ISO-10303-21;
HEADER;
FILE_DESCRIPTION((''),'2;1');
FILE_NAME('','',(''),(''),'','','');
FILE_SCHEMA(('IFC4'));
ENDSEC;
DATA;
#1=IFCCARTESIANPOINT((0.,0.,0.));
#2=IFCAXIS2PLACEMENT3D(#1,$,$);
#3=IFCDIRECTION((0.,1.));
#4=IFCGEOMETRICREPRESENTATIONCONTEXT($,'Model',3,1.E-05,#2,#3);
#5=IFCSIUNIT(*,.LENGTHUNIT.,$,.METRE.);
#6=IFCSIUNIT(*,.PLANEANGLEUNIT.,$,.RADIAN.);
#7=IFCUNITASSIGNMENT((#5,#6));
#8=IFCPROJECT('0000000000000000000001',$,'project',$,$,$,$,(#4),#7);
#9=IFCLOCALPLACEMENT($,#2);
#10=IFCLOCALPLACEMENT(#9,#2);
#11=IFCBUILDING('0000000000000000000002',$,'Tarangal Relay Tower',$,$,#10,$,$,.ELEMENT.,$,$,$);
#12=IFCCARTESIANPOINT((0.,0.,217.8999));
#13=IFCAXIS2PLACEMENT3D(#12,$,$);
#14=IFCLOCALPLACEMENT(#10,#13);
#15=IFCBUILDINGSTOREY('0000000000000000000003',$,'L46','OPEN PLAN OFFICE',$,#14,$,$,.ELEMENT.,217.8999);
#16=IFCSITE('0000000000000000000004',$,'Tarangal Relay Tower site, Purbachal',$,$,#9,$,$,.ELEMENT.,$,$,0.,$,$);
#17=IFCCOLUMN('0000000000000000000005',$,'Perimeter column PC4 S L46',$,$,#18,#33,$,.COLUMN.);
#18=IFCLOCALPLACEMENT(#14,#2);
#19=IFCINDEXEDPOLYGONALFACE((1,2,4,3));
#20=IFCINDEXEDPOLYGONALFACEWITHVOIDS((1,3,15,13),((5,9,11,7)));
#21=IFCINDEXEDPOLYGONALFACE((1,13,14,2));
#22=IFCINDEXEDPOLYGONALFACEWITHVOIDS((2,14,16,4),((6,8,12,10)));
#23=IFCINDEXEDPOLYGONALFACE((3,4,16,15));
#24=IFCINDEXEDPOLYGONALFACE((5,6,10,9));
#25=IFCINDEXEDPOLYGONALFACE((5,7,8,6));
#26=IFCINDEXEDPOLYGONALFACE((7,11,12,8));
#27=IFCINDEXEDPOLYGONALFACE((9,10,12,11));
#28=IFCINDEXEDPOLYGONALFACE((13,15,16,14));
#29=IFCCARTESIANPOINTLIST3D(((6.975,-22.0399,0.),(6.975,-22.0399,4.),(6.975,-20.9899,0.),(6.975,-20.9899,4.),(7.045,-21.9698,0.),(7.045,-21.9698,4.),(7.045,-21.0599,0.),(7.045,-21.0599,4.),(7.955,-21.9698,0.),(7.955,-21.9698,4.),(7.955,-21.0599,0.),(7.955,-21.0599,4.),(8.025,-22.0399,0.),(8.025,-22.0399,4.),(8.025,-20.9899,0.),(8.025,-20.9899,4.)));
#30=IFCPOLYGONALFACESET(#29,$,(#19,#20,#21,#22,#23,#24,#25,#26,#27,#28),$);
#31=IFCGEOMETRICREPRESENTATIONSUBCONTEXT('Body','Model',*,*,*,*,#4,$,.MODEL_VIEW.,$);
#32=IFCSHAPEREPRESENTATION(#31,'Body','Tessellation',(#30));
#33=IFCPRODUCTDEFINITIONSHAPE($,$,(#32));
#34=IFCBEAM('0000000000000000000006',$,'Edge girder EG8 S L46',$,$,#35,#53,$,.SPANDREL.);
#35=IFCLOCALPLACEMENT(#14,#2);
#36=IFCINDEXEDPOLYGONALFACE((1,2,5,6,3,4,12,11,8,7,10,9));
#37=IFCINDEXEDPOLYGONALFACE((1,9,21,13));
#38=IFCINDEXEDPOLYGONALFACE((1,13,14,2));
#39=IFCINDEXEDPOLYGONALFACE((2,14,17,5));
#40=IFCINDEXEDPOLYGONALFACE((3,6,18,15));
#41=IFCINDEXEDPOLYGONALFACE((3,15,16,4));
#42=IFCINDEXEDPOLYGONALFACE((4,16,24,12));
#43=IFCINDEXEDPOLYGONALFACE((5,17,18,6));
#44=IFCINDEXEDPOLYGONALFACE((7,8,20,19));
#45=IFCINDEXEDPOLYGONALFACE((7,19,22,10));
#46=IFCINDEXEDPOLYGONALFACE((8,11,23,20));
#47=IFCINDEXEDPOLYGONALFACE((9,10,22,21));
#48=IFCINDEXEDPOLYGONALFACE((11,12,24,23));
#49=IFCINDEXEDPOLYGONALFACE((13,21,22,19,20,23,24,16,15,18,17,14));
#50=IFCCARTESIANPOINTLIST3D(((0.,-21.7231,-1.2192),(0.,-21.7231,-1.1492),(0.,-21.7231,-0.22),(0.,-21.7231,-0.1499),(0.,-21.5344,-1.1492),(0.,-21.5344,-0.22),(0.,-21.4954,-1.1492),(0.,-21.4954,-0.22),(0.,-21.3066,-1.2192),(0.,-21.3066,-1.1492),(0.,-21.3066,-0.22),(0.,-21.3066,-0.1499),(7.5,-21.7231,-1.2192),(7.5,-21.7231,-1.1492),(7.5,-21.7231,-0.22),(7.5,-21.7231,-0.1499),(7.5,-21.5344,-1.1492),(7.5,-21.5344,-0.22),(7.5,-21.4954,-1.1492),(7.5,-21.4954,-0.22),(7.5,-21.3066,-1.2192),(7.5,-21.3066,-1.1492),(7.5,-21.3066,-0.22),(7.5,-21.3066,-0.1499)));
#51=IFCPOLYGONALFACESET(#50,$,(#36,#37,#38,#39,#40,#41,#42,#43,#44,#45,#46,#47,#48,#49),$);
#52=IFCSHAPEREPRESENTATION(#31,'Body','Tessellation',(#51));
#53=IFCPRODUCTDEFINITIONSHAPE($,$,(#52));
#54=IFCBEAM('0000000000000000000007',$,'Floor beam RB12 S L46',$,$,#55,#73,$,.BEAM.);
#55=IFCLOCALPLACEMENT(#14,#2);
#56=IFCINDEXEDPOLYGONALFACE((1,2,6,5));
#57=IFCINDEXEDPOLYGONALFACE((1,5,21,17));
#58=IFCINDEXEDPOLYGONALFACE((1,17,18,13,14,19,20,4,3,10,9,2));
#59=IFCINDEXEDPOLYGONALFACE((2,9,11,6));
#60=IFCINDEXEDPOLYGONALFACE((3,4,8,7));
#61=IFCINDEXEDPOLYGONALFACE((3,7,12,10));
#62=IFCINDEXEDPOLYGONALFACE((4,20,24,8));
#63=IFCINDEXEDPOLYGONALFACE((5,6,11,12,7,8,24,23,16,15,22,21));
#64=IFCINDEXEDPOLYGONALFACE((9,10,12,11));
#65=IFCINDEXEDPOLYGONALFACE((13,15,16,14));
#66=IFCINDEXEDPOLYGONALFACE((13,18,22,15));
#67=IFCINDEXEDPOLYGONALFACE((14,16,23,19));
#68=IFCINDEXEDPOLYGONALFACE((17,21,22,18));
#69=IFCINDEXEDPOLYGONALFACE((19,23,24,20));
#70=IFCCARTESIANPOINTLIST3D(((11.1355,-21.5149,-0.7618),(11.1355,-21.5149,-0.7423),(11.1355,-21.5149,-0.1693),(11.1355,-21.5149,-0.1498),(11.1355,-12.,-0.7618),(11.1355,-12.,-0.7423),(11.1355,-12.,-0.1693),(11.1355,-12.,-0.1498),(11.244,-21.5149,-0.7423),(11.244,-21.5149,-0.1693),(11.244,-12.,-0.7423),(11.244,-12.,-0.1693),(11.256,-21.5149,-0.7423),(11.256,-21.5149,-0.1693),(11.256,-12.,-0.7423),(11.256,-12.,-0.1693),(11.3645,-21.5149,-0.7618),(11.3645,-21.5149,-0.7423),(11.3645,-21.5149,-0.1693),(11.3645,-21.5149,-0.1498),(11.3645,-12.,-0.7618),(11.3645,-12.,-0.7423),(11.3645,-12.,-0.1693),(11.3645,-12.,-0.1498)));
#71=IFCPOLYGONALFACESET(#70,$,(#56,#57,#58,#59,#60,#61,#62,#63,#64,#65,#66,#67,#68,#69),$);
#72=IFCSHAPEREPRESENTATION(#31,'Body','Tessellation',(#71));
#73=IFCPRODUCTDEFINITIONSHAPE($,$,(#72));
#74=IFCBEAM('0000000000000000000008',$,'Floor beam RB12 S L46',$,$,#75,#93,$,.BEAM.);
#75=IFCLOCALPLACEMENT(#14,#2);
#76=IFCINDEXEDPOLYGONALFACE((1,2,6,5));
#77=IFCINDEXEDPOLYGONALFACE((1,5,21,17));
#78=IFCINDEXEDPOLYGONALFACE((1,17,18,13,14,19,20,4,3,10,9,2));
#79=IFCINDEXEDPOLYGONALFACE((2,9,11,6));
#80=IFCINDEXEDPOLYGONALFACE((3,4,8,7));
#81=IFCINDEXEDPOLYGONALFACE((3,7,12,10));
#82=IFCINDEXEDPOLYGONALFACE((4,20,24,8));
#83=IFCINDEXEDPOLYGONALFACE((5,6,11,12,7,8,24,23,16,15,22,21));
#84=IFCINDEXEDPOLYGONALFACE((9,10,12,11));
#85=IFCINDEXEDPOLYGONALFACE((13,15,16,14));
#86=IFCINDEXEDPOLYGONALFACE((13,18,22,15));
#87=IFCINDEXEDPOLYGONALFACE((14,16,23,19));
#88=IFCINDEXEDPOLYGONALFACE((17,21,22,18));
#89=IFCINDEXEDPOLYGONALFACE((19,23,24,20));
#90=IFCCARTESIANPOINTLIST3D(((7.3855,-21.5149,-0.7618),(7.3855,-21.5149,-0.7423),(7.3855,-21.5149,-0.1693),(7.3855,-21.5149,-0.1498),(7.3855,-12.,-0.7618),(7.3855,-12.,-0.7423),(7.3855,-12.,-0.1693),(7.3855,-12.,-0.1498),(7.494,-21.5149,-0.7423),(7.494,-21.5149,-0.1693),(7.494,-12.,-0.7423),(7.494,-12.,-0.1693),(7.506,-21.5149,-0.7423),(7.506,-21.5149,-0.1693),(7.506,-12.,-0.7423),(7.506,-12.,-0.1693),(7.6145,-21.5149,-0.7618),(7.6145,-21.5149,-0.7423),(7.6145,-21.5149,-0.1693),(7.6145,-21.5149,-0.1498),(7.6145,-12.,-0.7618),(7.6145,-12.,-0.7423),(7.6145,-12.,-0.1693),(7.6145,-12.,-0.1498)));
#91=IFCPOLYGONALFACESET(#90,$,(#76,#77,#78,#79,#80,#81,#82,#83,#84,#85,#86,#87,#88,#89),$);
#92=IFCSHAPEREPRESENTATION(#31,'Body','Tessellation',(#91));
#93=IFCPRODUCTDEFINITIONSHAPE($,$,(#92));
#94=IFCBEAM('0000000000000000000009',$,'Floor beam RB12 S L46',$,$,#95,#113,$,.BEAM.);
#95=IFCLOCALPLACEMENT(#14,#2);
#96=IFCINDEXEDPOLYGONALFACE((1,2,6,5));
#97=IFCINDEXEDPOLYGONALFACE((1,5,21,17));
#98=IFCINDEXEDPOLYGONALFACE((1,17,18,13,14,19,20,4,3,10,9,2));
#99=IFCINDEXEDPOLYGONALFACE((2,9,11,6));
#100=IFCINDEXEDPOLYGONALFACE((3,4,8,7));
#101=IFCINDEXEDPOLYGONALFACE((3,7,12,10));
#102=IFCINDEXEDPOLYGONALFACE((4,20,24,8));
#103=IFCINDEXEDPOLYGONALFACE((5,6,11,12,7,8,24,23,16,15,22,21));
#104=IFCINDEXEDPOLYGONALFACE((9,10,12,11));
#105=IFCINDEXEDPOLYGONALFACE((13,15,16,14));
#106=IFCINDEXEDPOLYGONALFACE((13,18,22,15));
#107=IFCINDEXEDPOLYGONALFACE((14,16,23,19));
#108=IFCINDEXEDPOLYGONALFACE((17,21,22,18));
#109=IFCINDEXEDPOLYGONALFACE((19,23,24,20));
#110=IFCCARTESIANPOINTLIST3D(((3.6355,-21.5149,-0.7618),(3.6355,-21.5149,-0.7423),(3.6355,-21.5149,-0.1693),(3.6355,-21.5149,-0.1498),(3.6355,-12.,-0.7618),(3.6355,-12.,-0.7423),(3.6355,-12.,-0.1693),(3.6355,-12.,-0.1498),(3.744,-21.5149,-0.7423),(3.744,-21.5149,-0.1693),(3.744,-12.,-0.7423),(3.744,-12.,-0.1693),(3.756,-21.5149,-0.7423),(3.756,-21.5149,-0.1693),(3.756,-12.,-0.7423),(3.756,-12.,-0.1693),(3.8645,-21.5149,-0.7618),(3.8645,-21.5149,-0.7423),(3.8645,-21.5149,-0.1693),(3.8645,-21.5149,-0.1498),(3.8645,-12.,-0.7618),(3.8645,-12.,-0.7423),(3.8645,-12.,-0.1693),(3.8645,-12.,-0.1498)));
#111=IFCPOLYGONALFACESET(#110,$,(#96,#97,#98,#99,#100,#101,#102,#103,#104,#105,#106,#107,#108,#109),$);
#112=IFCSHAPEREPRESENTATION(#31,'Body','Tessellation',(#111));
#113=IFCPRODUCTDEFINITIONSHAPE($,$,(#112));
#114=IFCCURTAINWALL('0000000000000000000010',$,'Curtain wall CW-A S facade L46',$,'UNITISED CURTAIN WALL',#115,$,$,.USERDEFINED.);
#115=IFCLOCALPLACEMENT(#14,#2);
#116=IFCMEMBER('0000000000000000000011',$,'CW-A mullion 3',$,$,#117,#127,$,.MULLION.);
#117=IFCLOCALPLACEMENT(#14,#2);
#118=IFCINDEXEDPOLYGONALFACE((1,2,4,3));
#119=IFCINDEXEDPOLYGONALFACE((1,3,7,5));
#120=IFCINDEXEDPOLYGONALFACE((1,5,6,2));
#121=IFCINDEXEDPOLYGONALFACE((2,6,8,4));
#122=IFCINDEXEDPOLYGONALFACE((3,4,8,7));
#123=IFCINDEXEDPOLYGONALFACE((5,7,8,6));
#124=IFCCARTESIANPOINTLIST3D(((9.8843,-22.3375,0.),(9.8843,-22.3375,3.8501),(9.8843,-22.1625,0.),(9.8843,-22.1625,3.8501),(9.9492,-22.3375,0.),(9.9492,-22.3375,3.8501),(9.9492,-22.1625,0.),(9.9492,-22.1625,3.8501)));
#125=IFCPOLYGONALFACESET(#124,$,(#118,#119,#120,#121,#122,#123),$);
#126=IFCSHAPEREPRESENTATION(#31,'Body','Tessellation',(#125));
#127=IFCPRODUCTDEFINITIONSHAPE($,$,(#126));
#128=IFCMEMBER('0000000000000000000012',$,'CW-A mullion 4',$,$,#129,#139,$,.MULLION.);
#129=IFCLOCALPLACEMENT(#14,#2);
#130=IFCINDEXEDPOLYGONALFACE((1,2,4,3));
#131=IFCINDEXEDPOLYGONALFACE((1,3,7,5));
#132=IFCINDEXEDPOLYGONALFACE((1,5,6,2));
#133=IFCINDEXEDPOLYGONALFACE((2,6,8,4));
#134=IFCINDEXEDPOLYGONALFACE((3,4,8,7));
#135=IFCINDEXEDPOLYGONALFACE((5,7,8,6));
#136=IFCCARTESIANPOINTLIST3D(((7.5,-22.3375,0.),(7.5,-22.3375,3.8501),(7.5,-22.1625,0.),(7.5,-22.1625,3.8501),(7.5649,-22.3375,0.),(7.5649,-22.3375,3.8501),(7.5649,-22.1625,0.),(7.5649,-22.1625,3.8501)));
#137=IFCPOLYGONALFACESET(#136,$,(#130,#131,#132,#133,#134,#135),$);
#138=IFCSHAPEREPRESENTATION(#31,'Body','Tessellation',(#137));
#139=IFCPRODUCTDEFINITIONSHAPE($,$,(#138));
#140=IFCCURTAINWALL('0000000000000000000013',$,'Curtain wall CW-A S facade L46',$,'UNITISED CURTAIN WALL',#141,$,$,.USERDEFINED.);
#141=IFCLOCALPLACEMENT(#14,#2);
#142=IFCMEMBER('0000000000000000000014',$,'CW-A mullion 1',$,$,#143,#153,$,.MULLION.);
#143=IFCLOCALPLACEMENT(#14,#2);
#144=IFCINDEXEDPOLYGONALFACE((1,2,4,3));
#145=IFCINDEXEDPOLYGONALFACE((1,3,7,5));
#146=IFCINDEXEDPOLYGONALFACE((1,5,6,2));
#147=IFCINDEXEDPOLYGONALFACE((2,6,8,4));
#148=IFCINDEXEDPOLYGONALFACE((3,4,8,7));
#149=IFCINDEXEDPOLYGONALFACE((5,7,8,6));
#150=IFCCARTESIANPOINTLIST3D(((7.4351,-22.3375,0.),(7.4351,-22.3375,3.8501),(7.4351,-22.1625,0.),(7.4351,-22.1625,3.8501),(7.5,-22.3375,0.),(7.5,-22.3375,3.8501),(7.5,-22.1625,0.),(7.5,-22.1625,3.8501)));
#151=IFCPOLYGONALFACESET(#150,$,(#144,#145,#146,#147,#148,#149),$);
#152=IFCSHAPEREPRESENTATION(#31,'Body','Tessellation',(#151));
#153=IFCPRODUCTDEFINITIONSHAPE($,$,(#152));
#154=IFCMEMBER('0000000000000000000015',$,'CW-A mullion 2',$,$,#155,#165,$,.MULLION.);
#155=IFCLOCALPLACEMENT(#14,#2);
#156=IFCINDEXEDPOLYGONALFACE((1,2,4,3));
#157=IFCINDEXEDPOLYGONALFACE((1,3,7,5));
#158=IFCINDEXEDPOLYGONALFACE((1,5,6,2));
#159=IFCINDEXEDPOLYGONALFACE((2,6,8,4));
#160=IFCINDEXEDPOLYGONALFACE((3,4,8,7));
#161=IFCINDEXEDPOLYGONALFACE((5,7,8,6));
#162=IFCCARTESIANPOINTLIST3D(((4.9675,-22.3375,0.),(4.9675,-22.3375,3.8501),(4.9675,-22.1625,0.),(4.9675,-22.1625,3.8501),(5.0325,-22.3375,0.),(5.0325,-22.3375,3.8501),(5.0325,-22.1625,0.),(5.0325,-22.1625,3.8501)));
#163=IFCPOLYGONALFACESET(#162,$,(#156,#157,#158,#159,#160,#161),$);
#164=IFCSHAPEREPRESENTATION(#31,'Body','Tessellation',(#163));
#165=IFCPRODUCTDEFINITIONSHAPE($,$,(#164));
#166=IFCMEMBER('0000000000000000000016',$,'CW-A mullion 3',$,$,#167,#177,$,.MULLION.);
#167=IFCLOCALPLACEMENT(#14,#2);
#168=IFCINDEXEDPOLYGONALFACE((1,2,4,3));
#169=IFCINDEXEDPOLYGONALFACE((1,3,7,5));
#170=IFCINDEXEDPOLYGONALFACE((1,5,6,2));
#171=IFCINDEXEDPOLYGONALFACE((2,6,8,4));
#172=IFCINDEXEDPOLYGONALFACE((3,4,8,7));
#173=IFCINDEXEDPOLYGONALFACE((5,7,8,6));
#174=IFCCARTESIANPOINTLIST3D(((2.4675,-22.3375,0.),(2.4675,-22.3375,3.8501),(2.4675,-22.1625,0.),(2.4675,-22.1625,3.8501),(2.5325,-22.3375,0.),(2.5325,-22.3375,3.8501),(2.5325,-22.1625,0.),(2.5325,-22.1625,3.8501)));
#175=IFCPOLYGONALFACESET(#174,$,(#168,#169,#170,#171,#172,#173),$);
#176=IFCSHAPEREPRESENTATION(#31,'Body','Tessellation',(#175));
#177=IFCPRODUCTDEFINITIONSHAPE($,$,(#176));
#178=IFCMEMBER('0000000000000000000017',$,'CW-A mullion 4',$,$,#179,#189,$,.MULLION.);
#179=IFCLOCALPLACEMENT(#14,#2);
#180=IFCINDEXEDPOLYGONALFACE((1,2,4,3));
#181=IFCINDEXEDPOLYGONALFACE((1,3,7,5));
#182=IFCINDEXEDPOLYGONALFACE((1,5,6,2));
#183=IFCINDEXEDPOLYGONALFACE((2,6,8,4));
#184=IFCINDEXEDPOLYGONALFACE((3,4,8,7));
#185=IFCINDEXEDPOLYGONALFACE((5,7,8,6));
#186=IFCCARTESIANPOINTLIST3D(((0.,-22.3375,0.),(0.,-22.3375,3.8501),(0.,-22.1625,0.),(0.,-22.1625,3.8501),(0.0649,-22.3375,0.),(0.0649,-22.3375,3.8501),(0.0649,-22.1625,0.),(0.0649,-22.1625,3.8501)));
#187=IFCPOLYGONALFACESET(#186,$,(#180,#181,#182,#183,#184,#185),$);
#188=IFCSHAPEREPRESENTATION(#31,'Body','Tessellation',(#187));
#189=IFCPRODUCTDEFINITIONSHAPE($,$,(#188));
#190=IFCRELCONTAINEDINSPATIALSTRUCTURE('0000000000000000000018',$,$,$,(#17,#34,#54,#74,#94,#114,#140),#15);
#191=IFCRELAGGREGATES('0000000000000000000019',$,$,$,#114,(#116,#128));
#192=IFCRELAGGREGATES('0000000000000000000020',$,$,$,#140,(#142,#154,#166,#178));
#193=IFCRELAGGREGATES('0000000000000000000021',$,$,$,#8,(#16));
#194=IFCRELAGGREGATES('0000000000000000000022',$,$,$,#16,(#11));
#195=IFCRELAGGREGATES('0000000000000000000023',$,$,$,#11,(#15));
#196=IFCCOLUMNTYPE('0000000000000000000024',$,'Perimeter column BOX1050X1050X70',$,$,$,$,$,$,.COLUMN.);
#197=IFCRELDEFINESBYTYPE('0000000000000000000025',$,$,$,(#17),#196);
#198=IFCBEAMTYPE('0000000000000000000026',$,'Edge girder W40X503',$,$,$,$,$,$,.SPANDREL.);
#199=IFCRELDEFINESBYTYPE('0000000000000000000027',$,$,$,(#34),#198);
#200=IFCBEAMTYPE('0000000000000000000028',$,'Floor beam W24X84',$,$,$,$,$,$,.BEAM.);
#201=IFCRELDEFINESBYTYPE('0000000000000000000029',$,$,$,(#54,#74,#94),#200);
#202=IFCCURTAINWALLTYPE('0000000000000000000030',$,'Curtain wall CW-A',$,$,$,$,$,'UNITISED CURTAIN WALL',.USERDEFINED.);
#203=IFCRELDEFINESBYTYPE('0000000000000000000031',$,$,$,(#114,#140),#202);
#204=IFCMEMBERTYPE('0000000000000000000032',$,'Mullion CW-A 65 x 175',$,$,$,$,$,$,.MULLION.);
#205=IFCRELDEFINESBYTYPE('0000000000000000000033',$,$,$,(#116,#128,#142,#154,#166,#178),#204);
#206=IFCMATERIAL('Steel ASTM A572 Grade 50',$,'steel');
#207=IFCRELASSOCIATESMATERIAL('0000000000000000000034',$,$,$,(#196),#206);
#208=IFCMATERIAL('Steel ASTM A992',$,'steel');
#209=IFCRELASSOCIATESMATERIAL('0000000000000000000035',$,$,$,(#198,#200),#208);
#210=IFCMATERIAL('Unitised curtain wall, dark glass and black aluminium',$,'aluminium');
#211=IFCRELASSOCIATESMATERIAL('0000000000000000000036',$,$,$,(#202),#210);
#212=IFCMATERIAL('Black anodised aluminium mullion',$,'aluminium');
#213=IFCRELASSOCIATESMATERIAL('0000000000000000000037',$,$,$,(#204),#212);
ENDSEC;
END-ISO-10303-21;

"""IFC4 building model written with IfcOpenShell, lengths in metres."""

from ifc_helpers import new_model, si_unit, direction, frame, origin, origin_2d, place, context, subcontext, project, spatial, rectangle, hollow_rectangle, i_section, extrude, material, material_profile, profile_set, type_object, element, aggregate, save


model = new_model("IFC4")

# Units and contexts
model_context = context("Model", 3, precision=1e-05, world=origin(), true_north=direction((0.0, 1.0)))
body_context = subcontext(model_context, "Body", "Model", "MODEL_VIEW")
ifc_project = project(units=[si_unit("LENGTHUNIT", "METRE"), si_unit("PLANEANGLEUNIT", "RADIAN")], contexts=[model_context])

# Site, building, storey
site_placement = place(None, origin())
site = spatial("IfcSite", under=ifc_project, at=site_placement, Name="Tarangal Relay Tower site, Purbachal", CompositionType="ELEMENT", RefElevation=0.0)
building_placement = place(site_placement, origin())
building = spatial("IfcBuilding", under=site, at=building_placement, Name="Tarangal Relay Tower", CompositionType="ELEMENT")
storey_placement = place(building_placement, frame((0.0, 0.0, 217.8999)))
storey = spatial("IfcBuildingStorey", under=building, at=storey_placement, Name="L46", Description="OPEN PLAN OFFICE", CompositionType="ELEMENT", Elevation=217.8999)

# Column
ifc_material_1 = material(Name="Steel ASTM A572 Grade 50", Category="steel")
ifc_material_profile_1 = material_profile(ifc_material_1, hollow_rectangle(XDim=1.05, YDim=1.05, WallThickness=0.0701, at=origin_2d()), Name="BOX1050X1050X70")
ifc_profile_set_1 = profile_set([ifc_material_profile_1], Name="Steel ASTM A572 Grade 50")
column_type = type_object("IfcColumnType", Name="Perimeter column BOX1050X1050X70", PredefinedType="COLUMN", material=ifc_profile_set_1)
column_placement = place(storey_placement, frame((7.5, -21.5149, 0.0), z_axis=(0.0, 0.0, 1.0), x_axis=(1.0, 0.0, 0.0)))
element("IfcColumn", 1, at=column_placement, inside=storey, type_object=column_type, Name="Perimeter column PC4 S L46", PredefinedType="COLUMN", context=body_context, shape_type="SweptSolid", body=[
    extrude(hollow_rectangle(XDim=1.05, YDim=1.05, WallThickness=0.0701, at=origin_2d()), origin(), (0.0, 0.0, 1.0), 4.0),
])

# Beams
ifc_material_2 = material(Name="Steel ASTM A992", Category="steel")
ifc_material_profile_2 = material_profile(ifc_material_2, i_section(OverallWidth=0.4165, OverallDepth=1.0693, WebThickness=0.0391, FlangeThickness=0.0701, at=origin_2d()), Name="W40X503")
ifc_profile_set_2 = profile_set([ifc_material_profile_2], Name="Steel ASTM A992")
beam_type_1 = type_object("IfcBeamType", Name="Edge girder W40X503", PredefinedType="SPANDREL", material=ifc_profile_set_2)
beam_placement = place(storey_placement, frame((7.5, -21.5149, -0.6846), z_axis=(-1.0, 0.0, 0.0), x_axis=(0.0, -1.0, 0.0)))
element("IfcBeam", 2, at=beam_placement, inside=storey, type_object=beam_type_1, Name="Edge girder EG8 S L46", PredefinedType="SPANDREL", context=body_context, shape_type="SweptSolid", body=[
    extrude(i_section(OverallWidth=0.4165, OverallDepth=1.0693, WebThickness=0.0391, FlangeThickness=0.0701, at=origin_2d()), origin(), (0.0, 0.0, 1.0), 7.5),
])
ifc_material_profile_3 = material_profile(ifc_material_2, i_section(OverallWidth=0.229, OverallDepth=0.6121, WebThickness=0.012, FlangeThickness=0.0195, at=origin_2d()), Name="W24X84")
ifc_profile_set_3 = profile_set([ifc_material_profile_3], Name="Steel ASTM A992")
beam_type_2 = type_object("IfcBeamType", Name="Floor beam W24X84", PredefinedType="BEAM", material=ifc_profile_set_3)
for number, where, z_axis, x_axis, name in (
    (3, (11.25, -12.0, -0.4558), (0.0, -1.0, 0.0), (1.0, 0.0, 0.0), "Floor beam RB12 S L46"),
    (4, (7.5, -12.0, -0.4558), (0.0, -1.0, 0.0), (1.0, 0.0, 0.0), "Floor beam RB12 S L46"),
    (5, (3.75, -12.0, -0.4558), (0.0, -1.0, 0.0), (1.0, 0.0, 0.0), "Floor beam RB12 S L46"),
):
    element("IfcBeam", number, at=place(storey_placement, frame(where, z_axis=z_axis, x_axis=x_axis)), inside=storey, type_object=beam_type_2, Name=name, PredefinedType="BEAM", context=body_context, shape_type="SweptSolid", body=[
        extrude(i_section(OverallWidth=0.229, OverallDepth=0.6121, WebThickness=0.012, FlangeThickness=0.0195, at=origin_2d()), origin(), (0.0, 0.0, 1.0), 9.5149),
    ])

# Curtain walls, members
ifc_material_3 = material(Name="Unitised curtain wall, dark glass and black aluminium", Category="aluminium")
curtain_wall_type = type_object("IfcCurtainWallType", Name="Curtain wall CW-A", ElementType="UNITISED CURTAIN WALL", PredefinedType="USERDEFINED", material=ifc_material_3)
curtain_wall_1_placement = place(storey_placement, origin())
curtain_wall_1 = element("IfcCurtainWall", 6, at=curtain_wall_1_placement, inside=storey, type_object=curtain_wall_type, Name="Curtain wall CW-A S facade L46", ObjectType="UNITISED CURTAIN WALL", PredefinedType="USERDEFINED")
ifc_material_4 = material(Name="Black anodised aluminium mullion", Category="aluminium")
ifc_material_profile_4 = material_profile(ifc_material_4, rectangle(XDim=0.175, YDim=0.0649, at=origin_2d()), Name="CW-AM 65X175")
ifc_profile_set_4 = profile_set([ifc_material_profile_4], Name="Black anodised aluminium mullion")
member_type_1 = type_object("IfcMemberType", Name="Mullion CW-A 65 x 175", PredefinedType="MULLION", material=ifc_profile_set_4)
member_1_placement = place(storey_placement, frame((9.9167, -22.25, 0.0), z_axis=(0.0, 0.0, 1.0), x_axis=(0.0, -1.0, 0.0)))
member_1 = element("IfcMember", 7, at=member_1_placement, type_object=member_type_1, Name="CW-A mullion 3", PredefinedType="MULLION", context=body_context, shape_type="SweptSolid", body=[
    extrude(rectangle(XDim=0.175, YDim=0.0649, at=origin_2d()), origin(), (0.0, 0.0, 1.0), 3.8501),
])
member_2_placement = place(storey_placement, frame((7.5325, -22.25, 0.0), z_axis=(0.0, 0.0, 1.0), x_axis=(0.0, -1.0, 0.0)))
member_2 = element("IfcMember", 8, at=member_2_placement, type_object=member_type_1, Name="CW-A mullion 4", PredefinedType="MULLION", context=body_context, shape_type="SweptSolid", body=[
    extrude(rectangle(XDim=0.175, YDim=0.0649, at=origin_2d()), origin(), (0.0, 0.0, 1.0), 3.8501),
])
curtain_wall_2_placement = place(storey_placement, origin())
curtain_wall_2 = element("IfcCurtainWall", 9, at=curtain_wall_2_placement, inside=storey, type_object=curtain_wall_type, Name="Curtain wall CW-A S facade L46", ObjectType="UNITISED CURTAIN WALL", PredefinedType="USERDEFINED")
member_3_placement = place(storey_placement, frame((7.4675, -22.25, 0.0), z_axis=(0.0, 0.0, 1.0), x_axis=(0.0, -1.0, 0.0)))
member_3 = element("IfcMember", 10, at=member_3_placement, type_object=member_type_1, Name="CW-A mullion 1", PredefinedType="MULLION", context=body_context, shape_type="SweptSolid", body=[
    extrude(rectangle(XDim=0.175, YDim=0.0649, at=origin_2d()), origin(), (0.0, 0.0, 1.0), 3.8501),
])
member_4_placement = place(storey_placement, frame((5.0, -22.25, 0.0), z_axis=(0.0, 0.0, 1.0), x_axis=(0.0, -1.0, 0.0)))
member_4 = element("IfcMember", 11, at=member_4_placement, type_object=member_type_1, Name="CW-A mullion 2", PredefinedType="MULLION", context=body_context, shape_type="SweptSolid", body=[
    extrude(rectangle(XDim=0.175, YDim=0.0649, at=origin_2d()), origin(), (0.0, 0.0, 1.0), 3.8501),
])
member_5_placement = place(storey_placement, frame((2.5, -22.25, 0.0), z_axis=(0.0, 0.0, 1.0), x_axis=(0.0, -1.0, 0.0)))
member_5 = element("IfcMember", 12, at=member_5_placement, type_object=member_type_1, Name="CW-A mullion 3", PredefinedType="MULLION", context=body_context, shape_type="SweptSolid", body=[
    extrude(rectangle(XDim=0.175, YDim=0.0649, at=origin_2d()), origin(), (0.0, 0.0, 1.0), 3.8501),
])
member_6_placement = place(storey_placement, frame((0.0325, -22.25, 0.0), z_axis=(0.0, 0.0, 1.0), x_axis=(0.0, -1.0, 0.0)))
member_6 = element("IfcMember", 13, at=member_6_placement, type_object=member_type_1, Name="CW-A mullion 4", PredefinedType="MULLION", context=body_context, shape_type="SweptSolid", body=[
    extrude(rectangle(XDim=0.175, YDim=0.0649, at=origin_2d()), origin(), (0.0, 0.0, 1.0), 3.8501),
])

aggregate(curtain_wall_1, [member_1, member_2])
aggregate(curtain_wall_2, [member_3, member_4, member_5, member_6])

save(model, "model.ifc")
